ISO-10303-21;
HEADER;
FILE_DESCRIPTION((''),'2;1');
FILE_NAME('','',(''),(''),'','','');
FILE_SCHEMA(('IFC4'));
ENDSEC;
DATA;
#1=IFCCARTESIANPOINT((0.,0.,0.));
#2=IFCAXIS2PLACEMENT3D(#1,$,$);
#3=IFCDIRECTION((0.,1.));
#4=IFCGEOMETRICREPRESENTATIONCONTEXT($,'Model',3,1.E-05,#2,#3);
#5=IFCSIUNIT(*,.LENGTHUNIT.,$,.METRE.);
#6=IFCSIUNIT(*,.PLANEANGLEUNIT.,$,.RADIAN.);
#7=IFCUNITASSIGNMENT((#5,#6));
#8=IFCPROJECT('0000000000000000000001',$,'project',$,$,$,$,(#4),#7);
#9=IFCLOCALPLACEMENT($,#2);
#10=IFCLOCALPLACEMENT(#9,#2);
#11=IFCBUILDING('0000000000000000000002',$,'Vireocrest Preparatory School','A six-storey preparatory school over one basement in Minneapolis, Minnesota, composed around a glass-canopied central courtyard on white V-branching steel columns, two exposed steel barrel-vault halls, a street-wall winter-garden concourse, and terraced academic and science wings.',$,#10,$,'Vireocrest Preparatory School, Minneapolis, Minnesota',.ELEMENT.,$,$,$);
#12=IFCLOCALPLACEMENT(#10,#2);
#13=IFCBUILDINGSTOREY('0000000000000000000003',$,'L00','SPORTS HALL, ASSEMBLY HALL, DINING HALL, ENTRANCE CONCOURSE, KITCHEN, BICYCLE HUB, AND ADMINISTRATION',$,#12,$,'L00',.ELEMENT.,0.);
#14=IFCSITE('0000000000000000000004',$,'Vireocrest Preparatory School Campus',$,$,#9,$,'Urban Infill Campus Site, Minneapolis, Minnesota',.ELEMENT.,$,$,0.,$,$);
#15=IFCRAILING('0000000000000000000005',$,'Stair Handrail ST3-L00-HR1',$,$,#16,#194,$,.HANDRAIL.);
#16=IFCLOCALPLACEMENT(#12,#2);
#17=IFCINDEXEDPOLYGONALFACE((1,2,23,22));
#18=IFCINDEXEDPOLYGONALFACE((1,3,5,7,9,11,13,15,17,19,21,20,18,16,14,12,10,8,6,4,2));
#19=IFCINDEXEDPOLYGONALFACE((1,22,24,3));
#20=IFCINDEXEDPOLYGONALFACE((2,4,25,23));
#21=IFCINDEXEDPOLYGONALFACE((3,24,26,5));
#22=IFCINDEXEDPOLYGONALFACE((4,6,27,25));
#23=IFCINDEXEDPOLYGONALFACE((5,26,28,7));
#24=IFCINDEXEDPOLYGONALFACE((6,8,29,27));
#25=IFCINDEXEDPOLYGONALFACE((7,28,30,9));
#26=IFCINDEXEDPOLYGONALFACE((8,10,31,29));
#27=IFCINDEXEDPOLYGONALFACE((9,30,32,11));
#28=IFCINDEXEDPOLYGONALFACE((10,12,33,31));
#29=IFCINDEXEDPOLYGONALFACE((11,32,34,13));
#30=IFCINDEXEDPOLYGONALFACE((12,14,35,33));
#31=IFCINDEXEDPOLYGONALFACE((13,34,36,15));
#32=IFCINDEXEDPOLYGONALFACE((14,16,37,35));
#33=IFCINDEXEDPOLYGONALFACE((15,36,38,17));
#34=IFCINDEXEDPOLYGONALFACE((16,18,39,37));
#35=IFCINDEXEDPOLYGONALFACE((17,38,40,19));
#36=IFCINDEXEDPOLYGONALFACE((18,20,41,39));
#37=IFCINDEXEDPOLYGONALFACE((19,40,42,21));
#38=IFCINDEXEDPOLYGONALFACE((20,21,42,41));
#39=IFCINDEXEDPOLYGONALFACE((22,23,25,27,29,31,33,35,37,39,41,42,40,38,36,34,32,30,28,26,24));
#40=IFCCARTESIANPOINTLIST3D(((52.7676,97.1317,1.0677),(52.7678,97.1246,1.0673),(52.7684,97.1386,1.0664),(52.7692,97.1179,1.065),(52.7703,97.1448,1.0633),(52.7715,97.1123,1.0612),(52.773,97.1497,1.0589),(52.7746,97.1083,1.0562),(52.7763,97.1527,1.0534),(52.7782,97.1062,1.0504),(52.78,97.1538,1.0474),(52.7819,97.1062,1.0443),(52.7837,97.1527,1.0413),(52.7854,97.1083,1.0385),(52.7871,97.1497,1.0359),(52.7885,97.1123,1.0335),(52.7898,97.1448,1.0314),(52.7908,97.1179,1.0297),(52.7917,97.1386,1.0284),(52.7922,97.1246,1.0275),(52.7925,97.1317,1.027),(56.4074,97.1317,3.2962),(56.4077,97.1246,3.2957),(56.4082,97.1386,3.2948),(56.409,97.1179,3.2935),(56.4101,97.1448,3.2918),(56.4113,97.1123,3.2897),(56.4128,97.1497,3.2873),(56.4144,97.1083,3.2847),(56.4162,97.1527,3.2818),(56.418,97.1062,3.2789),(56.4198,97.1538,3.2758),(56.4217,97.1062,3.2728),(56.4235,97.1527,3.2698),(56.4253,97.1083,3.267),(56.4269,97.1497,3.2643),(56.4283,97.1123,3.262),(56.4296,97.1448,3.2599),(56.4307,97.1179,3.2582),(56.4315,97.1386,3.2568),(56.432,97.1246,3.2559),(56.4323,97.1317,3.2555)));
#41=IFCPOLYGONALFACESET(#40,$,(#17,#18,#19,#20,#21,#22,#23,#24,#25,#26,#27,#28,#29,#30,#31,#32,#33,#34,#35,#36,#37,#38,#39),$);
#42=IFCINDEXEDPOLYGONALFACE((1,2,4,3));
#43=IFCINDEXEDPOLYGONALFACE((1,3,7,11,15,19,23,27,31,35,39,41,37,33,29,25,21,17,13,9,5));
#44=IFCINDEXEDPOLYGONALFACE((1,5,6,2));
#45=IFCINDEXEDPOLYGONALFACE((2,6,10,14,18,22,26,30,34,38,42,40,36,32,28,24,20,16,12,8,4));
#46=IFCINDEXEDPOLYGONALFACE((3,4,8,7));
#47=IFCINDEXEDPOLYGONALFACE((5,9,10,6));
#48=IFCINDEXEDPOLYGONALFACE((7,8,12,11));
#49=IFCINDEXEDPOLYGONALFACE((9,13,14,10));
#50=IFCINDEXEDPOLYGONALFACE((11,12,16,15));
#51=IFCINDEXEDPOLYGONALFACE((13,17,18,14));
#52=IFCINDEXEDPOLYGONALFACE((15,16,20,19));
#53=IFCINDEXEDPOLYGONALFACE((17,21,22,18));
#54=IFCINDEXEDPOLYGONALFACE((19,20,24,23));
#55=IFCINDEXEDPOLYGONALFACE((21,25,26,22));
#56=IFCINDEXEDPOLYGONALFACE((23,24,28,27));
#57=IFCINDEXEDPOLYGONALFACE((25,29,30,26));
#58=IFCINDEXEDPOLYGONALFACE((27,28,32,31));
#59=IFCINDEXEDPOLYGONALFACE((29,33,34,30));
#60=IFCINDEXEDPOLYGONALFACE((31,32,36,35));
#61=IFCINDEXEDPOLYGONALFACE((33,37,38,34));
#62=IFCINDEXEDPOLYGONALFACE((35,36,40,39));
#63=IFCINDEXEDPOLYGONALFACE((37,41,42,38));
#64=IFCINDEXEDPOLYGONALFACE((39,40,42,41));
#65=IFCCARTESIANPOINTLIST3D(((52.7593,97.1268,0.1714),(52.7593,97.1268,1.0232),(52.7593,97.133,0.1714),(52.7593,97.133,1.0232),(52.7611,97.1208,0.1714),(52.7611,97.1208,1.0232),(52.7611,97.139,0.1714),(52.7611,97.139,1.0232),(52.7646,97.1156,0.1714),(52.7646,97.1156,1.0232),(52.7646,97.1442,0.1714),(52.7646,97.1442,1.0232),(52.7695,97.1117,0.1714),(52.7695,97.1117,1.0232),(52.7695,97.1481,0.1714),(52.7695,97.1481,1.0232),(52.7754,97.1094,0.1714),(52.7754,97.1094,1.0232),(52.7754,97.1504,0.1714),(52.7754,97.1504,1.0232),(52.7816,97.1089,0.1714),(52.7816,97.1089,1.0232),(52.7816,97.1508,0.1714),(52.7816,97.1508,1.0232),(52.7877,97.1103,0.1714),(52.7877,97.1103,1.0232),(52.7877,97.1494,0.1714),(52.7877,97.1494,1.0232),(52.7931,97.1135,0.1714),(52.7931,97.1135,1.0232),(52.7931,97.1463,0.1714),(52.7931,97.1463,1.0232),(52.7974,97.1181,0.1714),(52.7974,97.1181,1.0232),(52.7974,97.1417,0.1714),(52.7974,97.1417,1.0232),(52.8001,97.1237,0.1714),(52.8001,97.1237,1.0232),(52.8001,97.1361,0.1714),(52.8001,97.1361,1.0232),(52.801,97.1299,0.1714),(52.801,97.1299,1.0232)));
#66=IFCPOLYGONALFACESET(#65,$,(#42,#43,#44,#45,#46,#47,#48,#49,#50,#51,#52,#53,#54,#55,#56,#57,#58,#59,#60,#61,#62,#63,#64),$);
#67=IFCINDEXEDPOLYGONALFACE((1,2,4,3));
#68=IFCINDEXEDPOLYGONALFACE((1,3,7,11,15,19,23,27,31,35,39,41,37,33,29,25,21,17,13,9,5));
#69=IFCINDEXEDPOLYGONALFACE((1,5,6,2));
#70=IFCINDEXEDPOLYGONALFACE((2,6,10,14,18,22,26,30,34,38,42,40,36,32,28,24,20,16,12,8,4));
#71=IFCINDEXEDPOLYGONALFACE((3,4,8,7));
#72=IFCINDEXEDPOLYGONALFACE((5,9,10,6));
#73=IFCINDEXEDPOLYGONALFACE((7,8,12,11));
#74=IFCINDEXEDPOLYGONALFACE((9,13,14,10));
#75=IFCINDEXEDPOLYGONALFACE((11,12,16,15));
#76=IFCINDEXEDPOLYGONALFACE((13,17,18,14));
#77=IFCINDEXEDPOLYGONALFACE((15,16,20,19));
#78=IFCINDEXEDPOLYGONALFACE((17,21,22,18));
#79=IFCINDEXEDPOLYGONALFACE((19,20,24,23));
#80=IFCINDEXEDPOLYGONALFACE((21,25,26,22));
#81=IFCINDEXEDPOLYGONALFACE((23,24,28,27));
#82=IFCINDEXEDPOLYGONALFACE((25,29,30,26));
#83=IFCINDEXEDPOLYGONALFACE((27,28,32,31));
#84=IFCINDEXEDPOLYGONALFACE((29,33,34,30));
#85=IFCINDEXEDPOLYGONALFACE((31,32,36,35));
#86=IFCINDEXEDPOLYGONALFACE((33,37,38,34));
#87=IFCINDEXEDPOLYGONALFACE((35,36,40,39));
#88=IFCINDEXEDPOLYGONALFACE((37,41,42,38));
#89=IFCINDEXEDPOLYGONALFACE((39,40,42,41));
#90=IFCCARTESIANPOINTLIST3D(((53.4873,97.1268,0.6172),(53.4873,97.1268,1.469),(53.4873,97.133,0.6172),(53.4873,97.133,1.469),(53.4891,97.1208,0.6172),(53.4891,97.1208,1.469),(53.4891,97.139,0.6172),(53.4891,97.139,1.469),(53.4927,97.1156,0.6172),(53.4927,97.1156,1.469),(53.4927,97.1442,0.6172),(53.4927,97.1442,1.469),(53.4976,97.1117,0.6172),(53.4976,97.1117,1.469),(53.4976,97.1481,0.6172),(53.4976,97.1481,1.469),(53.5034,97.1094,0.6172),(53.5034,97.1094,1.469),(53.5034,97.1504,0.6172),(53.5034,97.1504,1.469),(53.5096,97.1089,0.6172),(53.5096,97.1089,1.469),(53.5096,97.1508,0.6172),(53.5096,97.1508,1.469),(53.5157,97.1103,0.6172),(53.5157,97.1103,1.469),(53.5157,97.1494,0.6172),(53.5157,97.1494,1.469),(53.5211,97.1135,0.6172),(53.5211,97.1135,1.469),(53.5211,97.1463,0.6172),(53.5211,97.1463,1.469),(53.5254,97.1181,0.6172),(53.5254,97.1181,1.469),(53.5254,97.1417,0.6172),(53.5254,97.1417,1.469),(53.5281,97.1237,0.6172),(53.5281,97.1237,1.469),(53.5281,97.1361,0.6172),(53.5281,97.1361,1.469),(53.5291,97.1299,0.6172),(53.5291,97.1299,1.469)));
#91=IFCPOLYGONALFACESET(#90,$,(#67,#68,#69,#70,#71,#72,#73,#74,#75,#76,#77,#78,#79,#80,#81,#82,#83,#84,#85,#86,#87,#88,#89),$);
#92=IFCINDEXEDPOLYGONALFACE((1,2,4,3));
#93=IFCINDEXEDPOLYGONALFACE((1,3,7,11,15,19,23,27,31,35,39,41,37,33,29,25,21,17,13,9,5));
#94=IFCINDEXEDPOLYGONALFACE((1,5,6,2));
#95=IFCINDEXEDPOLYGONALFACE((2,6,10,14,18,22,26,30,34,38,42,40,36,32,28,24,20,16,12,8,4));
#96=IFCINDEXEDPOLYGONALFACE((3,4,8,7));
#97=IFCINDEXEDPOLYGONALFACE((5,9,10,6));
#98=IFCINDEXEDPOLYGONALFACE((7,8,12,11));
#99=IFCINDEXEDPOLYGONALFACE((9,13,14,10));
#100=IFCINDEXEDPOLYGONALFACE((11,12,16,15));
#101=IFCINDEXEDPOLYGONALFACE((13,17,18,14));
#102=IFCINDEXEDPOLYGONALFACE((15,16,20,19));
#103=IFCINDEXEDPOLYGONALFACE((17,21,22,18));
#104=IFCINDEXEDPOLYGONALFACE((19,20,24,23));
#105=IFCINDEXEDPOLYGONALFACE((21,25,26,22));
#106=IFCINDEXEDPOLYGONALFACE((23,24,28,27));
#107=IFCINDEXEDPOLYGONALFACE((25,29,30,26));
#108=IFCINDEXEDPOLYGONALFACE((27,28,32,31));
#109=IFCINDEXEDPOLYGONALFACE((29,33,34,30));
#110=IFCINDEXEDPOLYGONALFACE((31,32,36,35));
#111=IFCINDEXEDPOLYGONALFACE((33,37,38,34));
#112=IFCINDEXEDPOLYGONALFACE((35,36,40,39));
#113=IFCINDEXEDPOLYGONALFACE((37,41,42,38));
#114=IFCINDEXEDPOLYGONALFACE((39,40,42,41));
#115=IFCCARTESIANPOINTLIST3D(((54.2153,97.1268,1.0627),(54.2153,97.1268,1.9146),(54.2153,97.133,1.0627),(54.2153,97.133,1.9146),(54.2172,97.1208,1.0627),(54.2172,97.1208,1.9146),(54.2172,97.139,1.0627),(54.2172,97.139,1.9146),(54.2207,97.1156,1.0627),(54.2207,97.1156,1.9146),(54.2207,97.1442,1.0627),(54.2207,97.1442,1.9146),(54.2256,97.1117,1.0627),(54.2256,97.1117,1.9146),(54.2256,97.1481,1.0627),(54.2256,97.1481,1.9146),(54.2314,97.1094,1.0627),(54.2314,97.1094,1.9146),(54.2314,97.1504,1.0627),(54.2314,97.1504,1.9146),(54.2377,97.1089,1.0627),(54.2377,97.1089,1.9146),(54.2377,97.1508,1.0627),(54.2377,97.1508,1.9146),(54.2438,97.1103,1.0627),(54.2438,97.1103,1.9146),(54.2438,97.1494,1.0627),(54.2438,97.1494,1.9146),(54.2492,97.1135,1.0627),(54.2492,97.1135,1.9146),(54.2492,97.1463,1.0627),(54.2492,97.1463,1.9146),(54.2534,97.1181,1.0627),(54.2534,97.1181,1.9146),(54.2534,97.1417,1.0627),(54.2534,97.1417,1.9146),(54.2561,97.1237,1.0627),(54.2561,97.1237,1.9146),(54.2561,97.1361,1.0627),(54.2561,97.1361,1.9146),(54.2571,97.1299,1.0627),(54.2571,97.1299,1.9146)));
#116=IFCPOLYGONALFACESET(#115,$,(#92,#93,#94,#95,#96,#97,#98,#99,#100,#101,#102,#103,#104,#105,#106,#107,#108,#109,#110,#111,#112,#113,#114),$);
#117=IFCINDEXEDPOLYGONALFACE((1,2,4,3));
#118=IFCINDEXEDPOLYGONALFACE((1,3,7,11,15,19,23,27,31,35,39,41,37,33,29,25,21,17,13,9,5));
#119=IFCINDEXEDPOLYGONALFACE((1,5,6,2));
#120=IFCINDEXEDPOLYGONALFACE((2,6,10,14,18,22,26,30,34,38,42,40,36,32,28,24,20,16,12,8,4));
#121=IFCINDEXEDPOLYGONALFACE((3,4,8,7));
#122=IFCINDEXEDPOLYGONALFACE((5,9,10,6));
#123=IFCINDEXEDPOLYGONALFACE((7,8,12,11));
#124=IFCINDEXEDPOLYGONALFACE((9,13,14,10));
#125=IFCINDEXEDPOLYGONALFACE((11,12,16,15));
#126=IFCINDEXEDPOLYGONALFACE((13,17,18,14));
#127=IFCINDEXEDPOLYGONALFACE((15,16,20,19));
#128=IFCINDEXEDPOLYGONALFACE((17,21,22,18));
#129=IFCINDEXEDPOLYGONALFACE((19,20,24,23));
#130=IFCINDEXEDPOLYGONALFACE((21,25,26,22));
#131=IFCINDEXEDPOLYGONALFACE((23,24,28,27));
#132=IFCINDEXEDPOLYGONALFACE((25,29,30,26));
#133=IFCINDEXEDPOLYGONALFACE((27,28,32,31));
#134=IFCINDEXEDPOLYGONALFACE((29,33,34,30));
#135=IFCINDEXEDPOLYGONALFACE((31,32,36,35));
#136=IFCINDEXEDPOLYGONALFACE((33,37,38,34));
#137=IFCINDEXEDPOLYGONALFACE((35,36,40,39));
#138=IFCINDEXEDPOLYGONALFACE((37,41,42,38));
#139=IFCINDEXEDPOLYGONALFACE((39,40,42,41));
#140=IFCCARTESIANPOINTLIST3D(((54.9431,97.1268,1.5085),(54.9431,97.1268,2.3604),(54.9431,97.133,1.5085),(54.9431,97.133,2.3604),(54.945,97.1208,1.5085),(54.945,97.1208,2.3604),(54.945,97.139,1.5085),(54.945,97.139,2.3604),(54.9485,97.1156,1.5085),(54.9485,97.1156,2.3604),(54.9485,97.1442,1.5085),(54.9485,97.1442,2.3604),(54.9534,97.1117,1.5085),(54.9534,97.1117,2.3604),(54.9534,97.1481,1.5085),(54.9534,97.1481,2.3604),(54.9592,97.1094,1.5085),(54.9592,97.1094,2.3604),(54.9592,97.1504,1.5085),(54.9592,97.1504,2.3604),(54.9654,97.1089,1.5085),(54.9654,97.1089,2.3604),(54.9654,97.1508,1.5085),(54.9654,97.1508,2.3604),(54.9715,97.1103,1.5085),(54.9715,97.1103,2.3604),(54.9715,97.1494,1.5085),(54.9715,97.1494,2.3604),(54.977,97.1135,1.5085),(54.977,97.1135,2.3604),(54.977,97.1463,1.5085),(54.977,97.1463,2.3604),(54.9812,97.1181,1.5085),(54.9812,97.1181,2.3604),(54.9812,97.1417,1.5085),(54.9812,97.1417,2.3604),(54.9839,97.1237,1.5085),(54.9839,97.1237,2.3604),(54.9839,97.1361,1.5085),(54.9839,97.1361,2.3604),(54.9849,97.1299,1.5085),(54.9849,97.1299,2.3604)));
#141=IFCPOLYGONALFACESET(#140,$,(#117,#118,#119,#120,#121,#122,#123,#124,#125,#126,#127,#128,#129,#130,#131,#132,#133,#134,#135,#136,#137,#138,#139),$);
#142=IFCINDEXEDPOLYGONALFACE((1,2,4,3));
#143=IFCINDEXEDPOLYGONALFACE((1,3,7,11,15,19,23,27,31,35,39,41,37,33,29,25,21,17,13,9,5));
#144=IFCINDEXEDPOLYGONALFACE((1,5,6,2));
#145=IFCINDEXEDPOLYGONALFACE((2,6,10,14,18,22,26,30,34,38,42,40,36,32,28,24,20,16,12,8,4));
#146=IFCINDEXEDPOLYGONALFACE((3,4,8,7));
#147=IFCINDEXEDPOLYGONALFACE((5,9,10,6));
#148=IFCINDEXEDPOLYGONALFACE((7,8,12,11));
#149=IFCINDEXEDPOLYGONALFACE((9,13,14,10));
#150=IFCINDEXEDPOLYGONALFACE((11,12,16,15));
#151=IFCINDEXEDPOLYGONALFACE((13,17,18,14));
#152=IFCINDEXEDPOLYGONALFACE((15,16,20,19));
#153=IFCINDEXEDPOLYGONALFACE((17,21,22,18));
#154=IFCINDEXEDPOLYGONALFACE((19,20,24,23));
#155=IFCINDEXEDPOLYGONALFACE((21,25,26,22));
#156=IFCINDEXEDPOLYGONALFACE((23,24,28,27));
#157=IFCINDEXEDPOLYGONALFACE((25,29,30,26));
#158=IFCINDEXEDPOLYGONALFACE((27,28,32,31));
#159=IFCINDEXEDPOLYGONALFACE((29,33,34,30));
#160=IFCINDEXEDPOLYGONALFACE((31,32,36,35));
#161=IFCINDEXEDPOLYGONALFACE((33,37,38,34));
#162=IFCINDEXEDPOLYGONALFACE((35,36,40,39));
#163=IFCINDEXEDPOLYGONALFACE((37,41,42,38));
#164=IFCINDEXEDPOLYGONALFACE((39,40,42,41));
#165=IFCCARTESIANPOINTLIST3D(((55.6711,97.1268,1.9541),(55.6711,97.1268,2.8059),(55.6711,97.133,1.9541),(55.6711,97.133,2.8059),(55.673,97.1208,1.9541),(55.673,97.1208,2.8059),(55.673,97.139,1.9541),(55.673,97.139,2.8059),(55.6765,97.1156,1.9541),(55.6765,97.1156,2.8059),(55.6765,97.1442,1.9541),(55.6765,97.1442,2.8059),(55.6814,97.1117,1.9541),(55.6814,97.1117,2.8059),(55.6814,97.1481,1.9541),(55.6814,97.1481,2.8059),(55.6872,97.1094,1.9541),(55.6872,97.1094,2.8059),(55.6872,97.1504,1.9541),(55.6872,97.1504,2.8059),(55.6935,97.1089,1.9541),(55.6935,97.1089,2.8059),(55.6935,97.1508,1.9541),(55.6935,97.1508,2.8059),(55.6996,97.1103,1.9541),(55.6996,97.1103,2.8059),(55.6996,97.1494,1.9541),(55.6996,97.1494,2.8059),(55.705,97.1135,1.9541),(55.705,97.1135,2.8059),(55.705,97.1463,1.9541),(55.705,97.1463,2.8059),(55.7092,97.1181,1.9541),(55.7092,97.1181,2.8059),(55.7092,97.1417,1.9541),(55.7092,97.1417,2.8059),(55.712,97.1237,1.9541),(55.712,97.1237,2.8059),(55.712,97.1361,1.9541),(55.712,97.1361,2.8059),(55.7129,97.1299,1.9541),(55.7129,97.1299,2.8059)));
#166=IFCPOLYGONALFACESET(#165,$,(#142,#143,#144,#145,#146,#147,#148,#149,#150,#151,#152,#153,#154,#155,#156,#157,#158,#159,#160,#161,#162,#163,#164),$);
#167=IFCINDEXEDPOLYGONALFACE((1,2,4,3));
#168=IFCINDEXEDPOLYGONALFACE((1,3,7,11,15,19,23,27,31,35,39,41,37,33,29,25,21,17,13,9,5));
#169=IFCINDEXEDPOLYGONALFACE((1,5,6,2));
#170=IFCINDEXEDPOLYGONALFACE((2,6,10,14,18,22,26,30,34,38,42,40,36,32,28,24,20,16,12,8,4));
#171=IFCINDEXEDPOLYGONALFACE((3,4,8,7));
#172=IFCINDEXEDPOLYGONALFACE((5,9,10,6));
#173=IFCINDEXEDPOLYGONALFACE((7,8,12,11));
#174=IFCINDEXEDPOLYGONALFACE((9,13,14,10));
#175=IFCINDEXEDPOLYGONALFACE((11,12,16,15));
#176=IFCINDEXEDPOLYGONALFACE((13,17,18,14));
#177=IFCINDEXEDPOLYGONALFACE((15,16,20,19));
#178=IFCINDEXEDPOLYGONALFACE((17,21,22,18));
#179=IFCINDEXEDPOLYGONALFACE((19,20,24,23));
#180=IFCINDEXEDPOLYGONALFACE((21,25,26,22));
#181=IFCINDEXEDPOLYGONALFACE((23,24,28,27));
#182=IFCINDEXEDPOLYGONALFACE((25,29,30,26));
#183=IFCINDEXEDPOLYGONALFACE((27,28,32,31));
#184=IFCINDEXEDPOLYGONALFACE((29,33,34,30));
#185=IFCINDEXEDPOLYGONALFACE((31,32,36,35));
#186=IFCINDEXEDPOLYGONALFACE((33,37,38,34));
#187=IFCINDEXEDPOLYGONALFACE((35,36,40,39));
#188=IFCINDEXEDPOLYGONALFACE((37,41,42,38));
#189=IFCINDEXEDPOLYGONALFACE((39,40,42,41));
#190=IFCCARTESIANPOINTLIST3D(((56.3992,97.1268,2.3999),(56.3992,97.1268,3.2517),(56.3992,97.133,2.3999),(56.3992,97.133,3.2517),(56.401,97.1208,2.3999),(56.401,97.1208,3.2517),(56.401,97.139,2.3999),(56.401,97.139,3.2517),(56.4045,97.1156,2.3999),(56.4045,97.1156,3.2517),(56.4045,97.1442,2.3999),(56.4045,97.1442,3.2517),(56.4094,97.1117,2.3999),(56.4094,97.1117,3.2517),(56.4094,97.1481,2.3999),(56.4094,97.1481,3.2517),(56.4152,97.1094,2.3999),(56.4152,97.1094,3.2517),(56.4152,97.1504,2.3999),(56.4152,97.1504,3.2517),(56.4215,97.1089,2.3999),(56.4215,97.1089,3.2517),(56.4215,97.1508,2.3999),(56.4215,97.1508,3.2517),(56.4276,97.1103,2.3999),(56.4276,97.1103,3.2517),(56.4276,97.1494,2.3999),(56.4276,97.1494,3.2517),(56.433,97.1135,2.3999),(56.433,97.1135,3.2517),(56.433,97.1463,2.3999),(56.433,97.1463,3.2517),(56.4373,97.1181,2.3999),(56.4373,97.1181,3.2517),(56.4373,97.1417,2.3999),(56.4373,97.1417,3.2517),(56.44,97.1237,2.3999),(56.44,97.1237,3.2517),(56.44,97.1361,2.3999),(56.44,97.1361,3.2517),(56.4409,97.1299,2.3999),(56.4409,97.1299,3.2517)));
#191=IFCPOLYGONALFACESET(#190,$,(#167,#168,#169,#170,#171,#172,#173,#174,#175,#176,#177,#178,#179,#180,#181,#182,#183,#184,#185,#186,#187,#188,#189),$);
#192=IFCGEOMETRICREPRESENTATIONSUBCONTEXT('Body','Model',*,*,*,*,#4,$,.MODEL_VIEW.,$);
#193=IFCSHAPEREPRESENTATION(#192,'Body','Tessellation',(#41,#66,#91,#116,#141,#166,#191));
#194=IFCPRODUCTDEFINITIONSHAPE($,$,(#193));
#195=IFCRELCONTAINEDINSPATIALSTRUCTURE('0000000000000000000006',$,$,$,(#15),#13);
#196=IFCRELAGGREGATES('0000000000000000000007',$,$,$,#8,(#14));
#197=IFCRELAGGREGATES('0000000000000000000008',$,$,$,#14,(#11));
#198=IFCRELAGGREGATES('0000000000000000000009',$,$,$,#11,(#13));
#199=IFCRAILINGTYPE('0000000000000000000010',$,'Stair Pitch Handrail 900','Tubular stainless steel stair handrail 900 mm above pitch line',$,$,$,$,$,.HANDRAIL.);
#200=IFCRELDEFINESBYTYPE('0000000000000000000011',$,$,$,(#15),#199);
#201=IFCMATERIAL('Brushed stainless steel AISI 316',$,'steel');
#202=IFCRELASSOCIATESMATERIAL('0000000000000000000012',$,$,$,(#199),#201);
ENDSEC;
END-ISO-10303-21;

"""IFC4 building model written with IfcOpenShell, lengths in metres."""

from ifc_helpers import new_model, si_unit, direction, frame, origin, origin_2d, place, context, subcontext, project, spatial, circle, extrude, material, type_object, element, save


model = new_model("IFC4")

# Units and contexts
model_context = context("Model", 3, precision=1e-05, world=origin(), true_north=direction((0.0, 1.0)))
body_context = subcontext(model_context, "Body", "Model", "MODEL_VIEW")
ifc_project = project(units=[si_unit("LENGTHUNIT", "METRE"), si_unit("PLANEANGLEUNIT", "RADIAN")], contexts=[model_context])

# Site, building, storey
site_placement = place(None, origin())
site = spatial("IfcSite", under=ifc_project, at=site_placement, Name="Vireocrest Preparatory School Campus", LongName="Urban Infill Campus Site, Minneapolis, Minnesota", CompositionType="ELEMENT", RefElevation=0.0)
building_placement = place(site_placement, origin())
building = spatial("IfcBuilding", under=site, at=building_placement, Name="Vireocrest Preparatory School", Description="A six-storey preparatory school over one basement in Minneapolis, Minnesota, composed around a glass-canopied central courtyard on white V-branching steel columns, two exposed steel barrel-vault halls, a street-wall winter-garden concourse, and terraced academic and science wings.", LongName="Vireocrest Preparatory School, Minneapolis, Minnesota", CompositionType="ELEMENT")
storey_placement = place(building_placement, origin())
storey = spatial("IfcBuildingStorey", under=building, at=storey_placement, Name="L00", Description="SPORTS HALL, ASSEMBLY HALL, DINING HALL, ENTRANCE CONCOURSE, KITCHEN, BICYCLE HUB, AND ADMINISTRATION", LongName="L00", CompositionType="ELEMENT", Elevation=0.0)

# Railing
ifc_material_1 = material(Name="Brushed stainless steel AISI 316", Category="steel")
railing_type_1 = type_object("IfcRailingType", Name="Stair Pitch Handrail 900", Description="Tubular stainless steel stair handrail 900 mm above pitch line", PredefinedType="HANDRAIL", material=ifc_material_1)
railing_1_placement = place(storey_placement, frame((52.78, 97.1299, 0.1714)))
element("IfcRailing", 1, at=railing_1_placement, inside=storey, type_object=railing_type_1, Name="Stair Handrail ST3-L00-HR1", PredefinedType="HANDRAIL", context=body_context, shape_type="SweptSolid", body=[
    extrude(circle(Radius=0.0239, at=origin_2d()), frame((0.0, 0.0, 0.876), z_axis=(0.85285, 0.0, 0.522156), x_axis=(0.0, 1.0, 0.0)), (0.0, 0.0, 1.0), 4.2678),
    extrude(circle(Radius=0.021, at=origin_2d()), origin(), (0.0, 0.0, 1.0), 0.8518),
    extrude(circle(Radius=0.021, at=origin_2d()), frame((0.728, 0.0, 0.4458)), (0.0, 0.0, 1.0), 0.8518),
    extrude(circle(Radius=0.021, at=origin_2d()), frame((1.4561, 0.0, 0.8914)), (0.0, 0.0, 1.0), 0.8518),
    extrude(circle(Radius=0.021, at=origin_2d()), frame((2.1838, 0.0, 1.3372)), (0.0, 0.0, 1.0), 0.8518),
    extrude(circle(Radius=0.021, at=origin_2d()), frame((2.9119, 0.0, 1.7827)), (0.0, 0.0, 1.0), 0.8518),
    extrude(circle(Radius=0.021, at=origin_2d()), frame((3.6399, 0.0, 2.2285)), (0.0, 0.0, 1.0), 0.8518),
])

save(model, "model.ifc")
